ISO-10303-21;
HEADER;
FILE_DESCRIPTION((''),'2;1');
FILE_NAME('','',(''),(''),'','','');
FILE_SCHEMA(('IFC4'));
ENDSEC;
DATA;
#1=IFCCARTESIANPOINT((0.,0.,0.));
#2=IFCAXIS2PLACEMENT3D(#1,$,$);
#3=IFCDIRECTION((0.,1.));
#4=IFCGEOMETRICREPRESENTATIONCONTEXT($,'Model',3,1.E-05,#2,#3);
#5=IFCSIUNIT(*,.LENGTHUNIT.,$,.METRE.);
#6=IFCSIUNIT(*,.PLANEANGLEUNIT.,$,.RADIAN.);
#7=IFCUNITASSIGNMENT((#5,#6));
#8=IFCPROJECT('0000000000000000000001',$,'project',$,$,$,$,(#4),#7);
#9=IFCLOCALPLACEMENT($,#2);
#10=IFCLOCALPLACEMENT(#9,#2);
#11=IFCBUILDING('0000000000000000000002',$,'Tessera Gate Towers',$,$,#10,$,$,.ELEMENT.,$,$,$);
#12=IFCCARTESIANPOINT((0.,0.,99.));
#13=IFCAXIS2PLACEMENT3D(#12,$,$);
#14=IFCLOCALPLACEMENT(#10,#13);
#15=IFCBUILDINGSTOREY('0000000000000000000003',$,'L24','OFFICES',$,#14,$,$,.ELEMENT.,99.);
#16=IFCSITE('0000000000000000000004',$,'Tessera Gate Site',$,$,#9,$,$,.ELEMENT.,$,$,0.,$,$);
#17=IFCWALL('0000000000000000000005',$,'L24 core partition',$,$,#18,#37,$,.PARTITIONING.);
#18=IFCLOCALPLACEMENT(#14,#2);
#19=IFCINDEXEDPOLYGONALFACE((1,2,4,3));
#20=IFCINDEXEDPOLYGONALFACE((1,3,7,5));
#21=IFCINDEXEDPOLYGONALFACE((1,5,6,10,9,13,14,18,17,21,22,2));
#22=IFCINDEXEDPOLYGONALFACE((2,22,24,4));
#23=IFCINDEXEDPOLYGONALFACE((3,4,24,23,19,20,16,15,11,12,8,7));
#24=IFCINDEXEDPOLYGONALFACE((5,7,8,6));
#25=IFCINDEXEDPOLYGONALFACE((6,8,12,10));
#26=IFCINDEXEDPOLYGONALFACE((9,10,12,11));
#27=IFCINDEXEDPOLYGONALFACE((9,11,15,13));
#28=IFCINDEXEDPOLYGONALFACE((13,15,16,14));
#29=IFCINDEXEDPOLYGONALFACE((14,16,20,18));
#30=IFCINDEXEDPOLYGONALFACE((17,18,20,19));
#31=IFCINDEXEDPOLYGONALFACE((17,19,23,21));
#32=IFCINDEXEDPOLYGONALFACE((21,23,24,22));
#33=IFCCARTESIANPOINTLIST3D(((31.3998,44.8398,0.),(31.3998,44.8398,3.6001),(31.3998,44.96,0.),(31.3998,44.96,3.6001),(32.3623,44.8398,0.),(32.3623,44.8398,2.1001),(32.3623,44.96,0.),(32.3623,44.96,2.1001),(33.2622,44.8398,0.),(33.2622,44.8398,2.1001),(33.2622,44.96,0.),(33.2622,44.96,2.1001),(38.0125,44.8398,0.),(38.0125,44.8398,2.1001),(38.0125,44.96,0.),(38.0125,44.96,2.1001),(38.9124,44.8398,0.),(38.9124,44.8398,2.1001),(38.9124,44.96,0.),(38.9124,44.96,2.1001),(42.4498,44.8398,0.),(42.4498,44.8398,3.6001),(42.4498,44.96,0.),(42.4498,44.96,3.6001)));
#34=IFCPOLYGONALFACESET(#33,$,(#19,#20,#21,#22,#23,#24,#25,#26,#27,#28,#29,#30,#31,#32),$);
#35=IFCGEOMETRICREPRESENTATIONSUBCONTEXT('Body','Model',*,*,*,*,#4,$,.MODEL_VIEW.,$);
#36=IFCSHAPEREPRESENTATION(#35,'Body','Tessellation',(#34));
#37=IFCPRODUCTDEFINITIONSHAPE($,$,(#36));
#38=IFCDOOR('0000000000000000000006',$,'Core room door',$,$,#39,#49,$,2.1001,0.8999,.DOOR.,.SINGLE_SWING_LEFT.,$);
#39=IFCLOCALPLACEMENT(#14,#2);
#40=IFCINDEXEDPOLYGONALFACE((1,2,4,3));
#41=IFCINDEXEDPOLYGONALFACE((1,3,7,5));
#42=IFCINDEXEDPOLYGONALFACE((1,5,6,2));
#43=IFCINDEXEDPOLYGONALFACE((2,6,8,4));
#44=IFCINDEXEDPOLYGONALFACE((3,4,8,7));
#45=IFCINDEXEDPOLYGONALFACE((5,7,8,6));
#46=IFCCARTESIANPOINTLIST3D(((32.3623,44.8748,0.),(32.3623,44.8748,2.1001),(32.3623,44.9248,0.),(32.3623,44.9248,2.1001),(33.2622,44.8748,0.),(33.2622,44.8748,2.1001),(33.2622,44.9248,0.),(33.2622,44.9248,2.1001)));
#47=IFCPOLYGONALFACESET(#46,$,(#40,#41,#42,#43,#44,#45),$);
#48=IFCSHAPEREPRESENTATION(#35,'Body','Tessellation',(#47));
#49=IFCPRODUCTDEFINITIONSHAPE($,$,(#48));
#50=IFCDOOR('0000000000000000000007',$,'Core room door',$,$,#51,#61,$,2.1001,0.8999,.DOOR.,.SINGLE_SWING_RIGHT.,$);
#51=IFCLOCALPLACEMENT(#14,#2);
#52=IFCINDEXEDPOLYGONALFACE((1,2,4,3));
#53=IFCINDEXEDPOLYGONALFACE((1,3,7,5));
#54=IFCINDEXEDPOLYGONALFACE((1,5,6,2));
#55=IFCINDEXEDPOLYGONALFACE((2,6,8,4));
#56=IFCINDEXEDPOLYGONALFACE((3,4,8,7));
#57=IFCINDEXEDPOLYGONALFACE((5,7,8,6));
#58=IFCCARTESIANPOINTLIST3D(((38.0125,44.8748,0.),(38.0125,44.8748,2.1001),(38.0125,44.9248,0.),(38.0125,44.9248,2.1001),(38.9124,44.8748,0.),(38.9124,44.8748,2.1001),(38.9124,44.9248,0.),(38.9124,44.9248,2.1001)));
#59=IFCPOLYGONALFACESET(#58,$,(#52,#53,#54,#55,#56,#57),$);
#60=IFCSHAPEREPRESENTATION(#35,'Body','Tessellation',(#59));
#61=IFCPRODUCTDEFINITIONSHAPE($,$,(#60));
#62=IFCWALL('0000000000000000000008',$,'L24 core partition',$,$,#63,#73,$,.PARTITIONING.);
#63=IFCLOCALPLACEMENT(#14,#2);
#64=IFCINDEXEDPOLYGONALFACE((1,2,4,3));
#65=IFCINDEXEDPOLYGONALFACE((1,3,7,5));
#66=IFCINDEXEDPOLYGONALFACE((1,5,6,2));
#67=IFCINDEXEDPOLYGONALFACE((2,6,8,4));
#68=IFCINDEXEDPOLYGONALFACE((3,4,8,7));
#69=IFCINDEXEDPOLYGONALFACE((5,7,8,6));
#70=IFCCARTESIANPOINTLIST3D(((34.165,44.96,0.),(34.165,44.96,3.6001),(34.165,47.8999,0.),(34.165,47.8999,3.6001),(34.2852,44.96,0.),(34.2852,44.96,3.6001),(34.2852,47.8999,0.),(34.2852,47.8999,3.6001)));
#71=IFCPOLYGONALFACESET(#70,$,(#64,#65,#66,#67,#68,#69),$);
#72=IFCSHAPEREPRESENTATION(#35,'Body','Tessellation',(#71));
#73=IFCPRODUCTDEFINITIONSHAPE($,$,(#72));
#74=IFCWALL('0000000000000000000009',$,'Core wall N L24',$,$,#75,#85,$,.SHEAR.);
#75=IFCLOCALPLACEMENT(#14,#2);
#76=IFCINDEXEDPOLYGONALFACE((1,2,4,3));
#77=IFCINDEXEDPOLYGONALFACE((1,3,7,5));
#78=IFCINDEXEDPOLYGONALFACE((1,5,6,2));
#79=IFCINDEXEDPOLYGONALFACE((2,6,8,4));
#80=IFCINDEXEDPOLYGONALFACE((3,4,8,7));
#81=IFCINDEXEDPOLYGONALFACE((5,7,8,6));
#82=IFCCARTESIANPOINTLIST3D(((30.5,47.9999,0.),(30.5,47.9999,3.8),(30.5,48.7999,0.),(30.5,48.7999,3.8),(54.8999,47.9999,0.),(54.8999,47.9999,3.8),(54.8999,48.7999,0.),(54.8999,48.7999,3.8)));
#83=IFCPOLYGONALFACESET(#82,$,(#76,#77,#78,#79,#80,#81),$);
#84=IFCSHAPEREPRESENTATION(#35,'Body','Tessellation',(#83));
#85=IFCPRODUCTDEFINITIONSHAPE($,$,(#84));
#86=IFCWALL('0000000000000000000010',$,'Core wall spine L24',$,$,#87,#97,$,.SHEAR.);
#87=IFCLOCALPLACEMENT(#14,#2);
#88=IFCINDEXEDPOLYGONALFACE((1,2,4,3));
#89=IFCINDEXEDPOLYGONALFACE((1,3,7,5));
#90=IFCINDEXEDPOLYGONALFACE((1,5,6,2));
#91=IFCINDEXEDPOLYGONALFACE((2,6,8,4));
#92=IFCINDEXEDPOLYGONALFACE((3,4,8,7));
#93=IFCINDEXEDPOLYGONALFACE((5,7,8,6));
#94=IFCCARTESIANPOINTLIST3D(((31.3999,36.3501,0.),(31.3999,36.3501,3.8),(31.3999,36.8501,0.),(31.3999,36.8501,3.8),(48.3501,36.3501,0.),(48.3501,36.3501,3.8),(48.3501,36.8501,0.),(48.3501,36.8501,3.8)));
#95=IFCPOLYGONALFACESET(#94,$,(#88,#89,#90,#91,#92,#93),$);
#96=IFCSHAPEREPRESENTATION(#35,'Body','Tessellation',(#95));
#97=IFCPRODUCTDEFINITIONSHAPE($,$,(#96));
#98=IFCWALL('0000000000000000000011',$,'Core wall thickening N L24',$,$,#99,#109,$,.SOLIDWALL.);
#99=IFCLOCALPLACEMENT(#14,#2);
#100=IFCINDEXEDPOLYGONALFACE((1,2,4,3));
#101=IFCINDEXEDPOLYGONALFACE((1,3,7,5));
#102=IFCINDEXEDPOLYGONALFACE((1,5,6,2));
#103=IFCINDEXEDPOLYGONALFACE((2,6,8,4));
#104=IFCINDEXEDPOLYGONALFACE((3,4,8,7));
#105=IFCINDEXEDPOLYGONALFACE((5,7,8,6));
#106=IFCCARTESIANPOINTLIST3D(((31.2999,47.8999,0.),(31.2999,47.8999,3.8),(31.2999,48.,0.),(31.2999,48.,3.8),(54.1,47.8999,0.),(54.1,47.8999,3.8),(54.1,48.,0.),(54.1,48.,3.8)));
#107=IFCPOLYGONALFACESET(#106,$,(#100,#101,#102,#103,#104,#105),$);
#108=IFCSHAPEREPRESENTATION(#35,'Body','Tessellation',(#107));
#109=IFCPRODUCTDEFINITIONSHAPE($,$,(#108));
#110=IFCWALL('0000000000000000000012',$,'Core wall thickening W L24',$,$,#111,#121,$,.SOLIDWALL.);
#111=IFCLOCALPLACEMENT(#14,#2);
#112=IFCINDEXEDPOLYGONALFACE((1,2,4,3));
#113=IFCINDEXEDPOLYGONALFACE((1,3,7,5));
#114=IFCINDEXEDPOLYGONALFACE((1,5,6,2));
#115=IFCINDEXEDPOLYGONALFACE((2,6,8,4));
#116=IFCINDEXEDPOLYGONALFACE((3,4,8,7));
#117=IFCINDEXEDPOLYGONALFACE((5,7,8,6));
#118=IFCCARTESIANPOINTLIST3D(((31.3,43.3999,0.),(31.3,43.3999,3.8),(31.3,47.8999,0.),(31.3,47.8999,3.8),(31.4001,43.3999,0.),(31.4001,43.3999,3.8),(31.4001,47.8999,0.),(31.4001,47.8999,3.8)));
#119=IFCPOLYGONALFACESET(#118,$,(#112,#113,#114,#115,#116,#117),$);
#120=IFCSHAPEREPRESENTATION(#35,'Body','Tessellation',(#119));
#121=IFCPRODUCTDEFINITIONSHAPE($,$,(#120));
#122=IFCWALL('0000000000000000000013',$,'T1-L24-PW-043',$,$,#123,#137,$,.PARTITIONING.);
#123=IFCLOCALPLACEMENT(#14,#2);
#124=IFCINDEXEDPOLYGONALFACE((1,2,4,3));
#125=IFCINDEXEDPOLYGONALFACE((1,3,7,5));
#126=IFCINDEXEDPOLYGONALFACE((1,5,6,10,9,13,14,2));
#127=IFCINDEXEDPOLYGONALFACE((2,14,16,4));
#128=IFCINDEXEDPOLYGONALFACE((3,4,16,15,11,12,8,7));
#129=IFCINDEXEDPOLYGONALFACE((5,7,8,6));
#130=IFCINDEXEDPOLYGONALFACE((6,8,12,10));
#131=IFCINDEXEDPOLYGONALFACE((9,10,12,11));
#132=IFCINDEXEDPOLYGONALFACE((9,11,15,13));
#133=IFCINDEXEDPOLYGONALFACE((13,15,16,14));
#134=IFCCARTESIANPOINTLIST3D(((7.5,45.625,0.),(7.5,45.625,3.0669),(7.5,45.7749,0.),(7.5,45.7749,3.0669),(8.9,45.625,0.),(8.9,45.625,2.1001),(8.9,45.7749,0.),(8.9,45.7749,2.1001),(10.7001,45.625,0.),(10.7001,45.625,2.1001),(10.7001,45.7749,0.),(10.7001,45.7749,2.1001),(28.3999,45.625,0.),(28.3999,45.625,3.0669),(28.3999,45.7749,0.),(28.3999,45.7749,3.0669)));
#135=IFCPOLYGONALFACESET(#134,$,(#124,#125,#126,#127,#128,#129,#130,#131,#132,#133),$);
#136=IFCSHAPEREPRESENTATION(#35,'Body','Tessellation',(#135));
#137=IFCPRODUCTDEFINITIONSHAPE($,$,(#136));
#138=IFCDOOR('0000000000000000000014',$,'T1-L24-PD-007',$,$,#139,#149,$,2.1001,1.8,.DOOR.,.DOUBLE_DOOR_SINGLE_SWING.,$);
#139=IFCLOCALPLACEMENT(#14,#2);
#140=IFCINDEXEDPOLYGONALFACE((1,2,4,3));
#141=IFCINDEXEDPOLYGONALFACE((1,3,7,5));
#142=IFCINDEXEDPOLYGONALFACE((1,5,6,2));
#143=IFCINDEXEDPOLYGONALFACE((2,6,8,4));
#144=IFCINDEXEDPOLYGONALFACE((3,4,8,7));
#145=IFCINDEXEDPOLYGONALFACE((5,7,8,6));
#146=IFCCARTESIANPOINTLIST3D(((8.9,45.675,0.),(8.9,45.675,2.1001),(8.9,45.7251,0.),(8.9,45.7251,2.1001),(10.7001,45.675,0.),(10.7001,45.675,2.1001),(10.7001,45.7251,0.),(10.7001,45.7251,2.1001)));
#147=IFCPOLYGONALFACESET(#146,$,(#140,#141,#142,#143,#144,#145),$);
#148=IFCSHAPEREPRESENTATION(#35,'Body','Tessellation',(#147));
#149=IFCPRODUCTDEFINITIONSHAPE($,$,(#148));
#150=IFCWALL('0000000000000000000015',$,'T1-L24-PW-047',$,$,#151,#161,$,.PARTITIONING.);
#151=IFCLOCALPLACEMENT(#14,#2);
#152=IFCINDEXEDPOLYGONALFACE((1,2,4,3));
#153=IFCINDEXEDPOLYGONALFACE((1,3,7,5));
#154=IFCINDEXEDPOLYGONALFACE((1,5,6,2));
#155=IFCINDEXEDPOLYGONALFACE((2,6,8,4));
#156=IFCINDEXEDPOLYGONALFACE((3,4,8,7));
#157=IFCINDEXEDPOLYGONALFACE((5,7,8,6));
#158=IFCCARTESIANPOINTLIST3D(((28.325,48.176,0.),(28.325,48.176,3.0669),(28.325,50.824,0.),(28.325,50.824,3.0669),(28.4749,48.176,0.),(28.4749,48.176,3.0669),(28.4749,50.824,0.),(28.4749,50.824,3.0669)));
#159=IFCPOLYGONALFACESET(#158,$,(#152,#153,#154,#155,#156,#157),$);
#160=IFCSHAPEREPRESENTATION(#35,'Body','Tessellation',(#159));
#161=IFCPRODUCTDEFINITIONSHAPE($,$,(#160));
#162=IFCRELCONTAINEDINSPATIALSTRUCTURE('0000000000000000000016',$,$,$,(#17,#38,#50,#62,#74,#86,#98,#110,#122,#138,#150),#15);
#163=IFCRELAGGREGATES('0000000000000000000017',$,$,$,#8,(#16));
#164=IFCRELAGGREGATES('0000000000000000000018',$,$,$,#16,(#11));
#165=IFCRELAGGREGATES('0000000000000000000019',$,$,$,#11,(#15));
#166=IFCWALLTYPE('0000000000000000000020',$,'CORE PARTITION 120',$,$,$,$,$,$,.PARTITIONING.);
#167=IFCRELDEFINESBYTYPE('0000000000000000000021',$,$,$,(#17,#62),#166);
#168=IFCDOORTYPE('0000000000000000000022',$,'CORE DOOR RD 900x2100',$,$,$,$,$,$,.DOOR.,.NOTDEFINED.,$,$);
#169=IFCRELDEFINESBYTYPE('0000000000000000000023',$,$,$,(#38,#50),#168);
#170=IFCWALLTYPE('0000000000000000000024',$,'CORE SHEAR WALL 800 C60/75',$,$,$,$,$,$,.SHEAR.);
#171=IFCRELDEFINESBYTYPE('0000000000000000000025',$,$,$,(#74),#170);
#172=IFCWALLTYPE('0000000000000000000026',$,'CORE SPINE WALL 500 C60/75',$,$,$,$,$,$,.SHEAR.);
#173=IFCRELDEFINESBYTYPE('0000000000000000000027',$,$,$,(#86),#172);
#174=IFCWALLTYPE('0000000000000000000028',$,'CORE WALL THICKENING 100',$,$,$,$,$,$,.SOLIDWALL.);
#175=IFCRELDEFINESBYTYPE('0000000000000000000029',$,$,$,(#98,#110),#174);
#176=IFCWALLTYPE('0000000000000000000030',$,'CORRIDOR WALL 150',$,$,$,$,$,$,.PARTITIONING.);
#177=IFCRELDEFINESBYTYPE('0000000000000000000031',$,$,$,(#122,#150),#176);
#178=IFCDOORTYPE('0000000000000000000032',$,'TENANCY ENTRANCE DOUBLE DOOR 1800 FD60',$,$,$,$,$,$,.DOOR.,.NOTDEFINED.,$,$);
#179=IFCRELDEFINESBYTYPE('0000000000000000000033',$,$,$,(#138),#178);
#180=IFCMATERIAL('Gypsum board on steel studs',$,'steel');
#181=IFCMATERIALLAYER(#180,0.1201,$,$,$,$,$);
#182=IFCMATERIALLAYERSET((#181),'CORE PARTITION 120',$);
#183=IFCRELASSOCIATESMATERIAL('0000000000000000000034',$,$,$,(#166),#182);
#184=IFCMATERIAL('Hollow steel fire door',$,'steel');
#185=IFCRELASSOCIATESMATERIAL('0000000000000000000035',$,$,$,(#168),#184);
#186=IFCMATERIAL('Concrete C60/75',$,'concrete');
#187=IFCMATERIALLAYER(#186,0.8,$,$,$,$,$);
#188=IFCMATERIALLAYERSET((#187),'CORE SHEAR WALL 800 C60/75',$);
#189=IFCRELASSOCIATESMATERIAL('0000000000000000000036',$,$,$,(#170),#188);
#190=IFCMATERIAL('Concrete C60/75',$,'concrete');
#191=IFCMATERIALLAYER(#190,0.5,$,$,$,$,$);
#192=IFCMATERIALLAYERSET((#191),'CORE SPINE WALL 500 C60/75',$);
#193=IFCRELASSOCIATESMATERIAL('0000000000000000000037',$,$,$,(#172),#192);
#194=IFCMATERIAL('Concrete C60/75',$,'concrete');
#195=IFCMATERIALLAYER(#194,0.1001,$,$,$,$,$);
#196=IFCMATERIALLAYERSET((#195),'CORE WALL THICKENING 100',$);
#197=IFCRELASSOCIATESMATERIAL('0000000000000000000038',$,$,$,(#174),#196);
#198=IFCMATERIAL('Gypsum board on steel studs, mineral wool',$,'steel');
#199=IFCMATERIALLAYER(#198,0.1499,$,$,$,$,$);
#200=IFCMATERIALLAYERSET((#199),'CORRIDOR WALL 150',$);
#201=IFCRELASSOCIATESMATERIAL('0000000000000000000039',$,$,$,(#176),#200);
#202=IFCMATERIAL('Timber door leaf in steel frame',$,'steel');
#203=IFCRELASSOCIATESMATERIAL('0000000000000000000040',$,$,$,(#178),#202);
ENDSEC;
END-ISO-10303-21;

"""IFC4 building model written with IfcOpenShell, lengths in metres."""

from ifc_helpers import new_model, si_unit, direction, frame, frame_2d, origin, place, context, subcontext, project, spatial, rectangle, extrude, source, transform, mapped, material, layer, layer_set, type_object, element, fill, save


model = new_model("IFC4")

# Units and contexts
model_context = context("Model", 3, precision=1e-05, world=origin(), true_north=direction((0.0, 1.0)))
body_context = subcontext(model_context, "Body", "Model", "MODEL_VIEW")
ifc_project = project(units=[si_unit("LENGTHUNIT", "METRE"), si_unit("PLANEANGLEUNIT", "RADIAN")], contexts=[model_context])

# Site, building, storey
site_placement = place(None, origin())
site = spatial("IfcSite", under=ifc_project, at=site_placement, Name="Tessera Gate Site", CompositionType="ELEMENT", RefElevation=0.0)
building_placement = place(site_placement, origin())
building = spatial("IfcBuilding", under=site, at=building_placement, Name="Tessera Gate Towers", CompositionType="ELEMENT")
storey_placement = place(building_placement, frame((0.0, 0.0, 99.0)))
storey = spatial("IfcBuildingStorey", under=building, at=storey_placement, Name="L24", Description="OFFICES", CompositionType="ELEMENT", Elevation=99.0)

# Wall, openings, doors
ifc_material_1 = material(Name="Gypsum board on steel studs", Category="steel")
ifc_layer_1 = layer(ifc_material_1, 0.1201)
ifc_layer_set_1 = layer_set([ifc_layer_1], Name="CORE PARTITION 120")
wall_type_1 = type_object("IfcWallType", Name="CORE PARTITION 120", PredefinedType="PARTITIONING", material=ifc_layer_set_1)
wall_1_placement = place(storey_placement, frame((31.3999, 44.8999, 0.0), z_axis=(0.0, 0.0, 1.0), x_axis=(1.0, 0.0, 0.0)))
wall_1 = element("IfcWall", 1, at=wall_1_placement, inside=storey, type_object=wall_type_1, Name="L24 core partition", PredefinedType="PARTITIONING", context=body_context, shape_type="SweptSolid", body=[
    extrude(rectangle(XDim=11.05, YDim=0.1201, at=frame_2d((5.5249, 0.0))), origin(), (0.0, 0.0, 1.0), 3.6001),
])
shared_shape_1 = source(origin(), body_context, "Body", "SweptSolid", [
    extrude(rectangle(XDim=0.8999, YDim=2.1001, at=frame_2d((0.45, 1.05))), frame((0.0, 0.0701, 0.0), z_axis=(0.0, -1.0, 0.0), x_axis=(1.0, 0.0, 0.0)), (0.0, 0.0, 1.0), 0.1401),
])
opening_1_placement = place(wall_1_placement, frame((0.9624, 0.0, 0.0)))
opening_1 = element("IfcOpeningElement", 2, at=opening_1_placement, cuts=wall_1, PredefinedType="OPENING", context=body_context, shape_type="MappedRepresentation", body=[
    mapped(shared_shape_1, transform((0.0, 0.0, 0.0), scale=1.0)),
])
opening_2_placement = place(wall_1_placement, frame((6.6125, 0.0, 0.0)))
opening_2 = element("IfcOpeningElement", 3, at=opening_2_placement, cuts=wall_1, PredefinedType="OPENING", context=body_context, shape_type="MappedRepresentation", body=[
    mapped(shared_shape_1, transform((0.0, 0.0, 0.0), scale=1.0)),
])
ifc_material_2 = material(Name="Hollow steel fire door", Category="steel")
door_type_1 = type_object("IfcDoorType", Name="CORE DOOR RD 900x2100", OperationType="NOTDEFINED", PredefinedType="DOOR", material=ifc_material_2)
shared_shape_2 = source(origin(), body_context, "Body", "SweptSolid", [
    extrude(rectangle(XDim=0.8999, YDim=2.1001, at=frame_2d((0.45, 1.05))), frame((0.0, 0.0249, 0.0), z_axis=(0.0, -1.0, 0.0), x_axis=(1.0, 0.0, 0.0)), (0.0, 0.0, 1.0), 0.05),
])
door_1_placement = place(opening_1_placement, origin())
door_1 = element("IfcDoor", 4, at=door_1_placement, inside=storey, type_object=door_type_1, Name="Core room door", OperationType="SINGLE_SWING_LEFT", OverallHeight=2.1001, OverallWidth=0.8999, PredefinedType="DOOR", context=body_context, shape_type="MappedRepresentation", body=[
    mapped(shared_shape_2, transform((0.0, 0.0, 0.0), scale=1.0)),
])
fill(opening_1, door_1)
door_2_placement = place(opening_2_placement, origin())
door_2 = element("IfcDoor", 5, at=door_2_placement, inside=storey, type_object=door_type_1, Name="Core room door", OperationType="SINGLE_SWING_RIGHT", OverallHeight=2.1001, OverallWidth=0.8999, PredefinedType="DOOR", context=body_context, shape_type="MappedRepresentation", body=[
    mapped(shared_shape_2, transform((0.0, 0.0, 0.0), scale=1.0)),
])
fill(opening_2, door_2)

# Walls
wall_2_placement = place(storey_placement, frame((34.2251, 44.96, 0.0), z_axis=(0.0, 0.0, 1.0), x_axis=(0.0, 1.0, 0.0)))
element("IfcWall", 6, at=wall_2_placement, inside=storey, type_object=wall_type_1, Name="L24 core partition", PredefinedType="PARTITIONING", context=body_context, shape_type="SweptSolid", body=[
    extrude(rectangle(XDim=2.9399, YDim=0.1201, at=frame_2d((1.47, 0.0))), origin(), (0.0, 0.0, 1.0), 3.6001),
])
ifc_material_3 = material(Name="Concrete C60/75", Category="concrete")
ifc_layer_2 = layer(ifc_material_3, 0.8)
ifc_layer_set_2 = layer_set([ifc_layer_2], Name="CORE SHEAR WALL 800 C60/75")
wall_type_2 = type_object("IfcWallType", Name="CORE SHEAR WALL 800 C60/75", PredefinedType="SHEAR", material=ifc_layer_set_2)
wall_3_placement = place(storey_placement, frame((30.5, 48.3999, 0.0), z_axis=(0.0, 0.0, 1.0), x_axis=(1.0, 0.0, 0.0)))
element("IfcWall", 7, at=wall_3_placement, inside=storey, type_object=wall_type_2, Name="Core wall N L24", PredefinedType="SHEAR", context=body_context, shape_type="SweptSolid", body=[
    extrude(rectangle(XDim=24.3999, YDim=0.8, at=frame_2d((12.2, 0.0))), origin(), (0.0, 0.0, 1.0), 3.8),
])
ifc_material_4 = material(Name="Concrete C60/75", Category="concrete")
ifc_layer_3 = layer(ifc_material_4, 0.5)
ifc_layer_set_3 = layer_set([ifc_layer_3], Name="CORE SPINE WALL 500 C60/75")
wall_type_3 = type_object("IfcWallType", Name="CORE SPINE WALL 500 C60/75", PredefinedType="SHEAR", material=ifc_layer_set_3)
wall_4_placement = place(storey_placement, frame((31.3999, 36.6001, 0.0), z_axis=(0.0, 0.0, 1.0), x_axis=(1.0, 0.0, 0.0)))
element("IfcWall", 8, at=wall_4_placement, inside=storey, type_object=wall_type_3, Name="Core wall spine L24", PredefinedType="SHEAR", context=body_context, shape_type="SweptSolid", body=[
    extrude(rectangle(XDim=16.9502, YDim=0.5, at=frame_2d((8.4751, 0.0))), origin(), (0.0, 0.0, 1.0), 3.8),
])
ifc_material_5 = material(Name="Concrete C60/75", Category="concrete")
ifc_layer_4 = layer(ifc_material_5, 0.1001)
ifc_layer_set_4 = layer_set([ifc_layer_4], Name="CORE WALL THICKENING 100")
wall_type_4 = type_object("IfcWallType", Name="CORE WALL THICKENING 100", PredefinedType="SOLIDWALL", material=ifc_layer_set_4)
wall_5_placement = place(storey_placement, frame((31.3, 47.95, 0.0), z_axis=(0.0, 0.0, 1.0), x_axis=(1.0, 0.0, 0.0)))
element("IfcWall", 9, at=wall_5_placement, inside=storey, type_object=wall_type_4, Name="Core wall thickening N L24", PredefinedType="SOLIDWALL", context=body_context, shape_type="SweptSolid", body=[
    extrude(rectangle(XDim=22.8, YDim=0.1001, at=frame_2d((11.3999, 0.0))), origin(), (0.0, 0.0, 1.0), 3.8),
])
wall_6_placement = place(storey_placement, frame((31.3501, 43.3999, 0.0), z_axis=(0.0, 0.0, 1.0), x_axis=(0.0, 1.0, 0.0)))
element("IfcWall", 10, at=wall_6_placement, inside=storey, type_object=wall_type_4, Name="Core wall thickening W L24", PredefinedType="SOLIDWALL", context=body_context, shape_type="SweptSolid", body=[
    extrude(rectangle(XDim=4.5, YDim=0.1001, at=frame_2d((2.25, 0.0))), origin(), (0.0, 0.0, 1.0), 3.8),
])

# Wall, opening, door
ifc_material_6 = material(Name="Gypsum board on steel studs, mineral wool", Category="steel")
ifc_layer_5 = layer(ifc_material_6, 0.1499)
ifc_layer_set_5 = layer_set([ifc_layer_5], Name="CORRIDOR WALL 150")
wall_type_5 = type_object("IfcWallType", Name="CORRIDOR WALL 150", PredefinedType="PARTITIONING", material=ifc_layer_set_5)
wall_7_placement = place(storey_placement, frame((28.3999, 45.7, 0.0), z_axis=(0.0, 0.0, 1.0), x_axis=(-1.0, 0.0, 0.0)))
wall_7 = element("IfcWall", 11, at=wall_7_placement, inside=storey, type_object=wall_type_5, Name="T1-L24-PW-043", PredefinedType="PARTITIONING", context=body_context, shape_type="SweptSolid", body=[
    extrude(rectangle(XDim=20.8999, YDim=0.1499, at=frame_2d((10.45, 0.0))), origin(), (0.0, 0.0, 1.0), 3.0669),
])
shared_shape_3 = source(origin(), body_context, "Body", "SweptSolid", [
    extrude(rectangle(XDim=1.8, YDim=2.1001, at=frame_2d((0.8999, 1.05))), frame((0.0, 0.085, 0.0), z_axis=(0.0, -1.0, 0.0), x_axis=(1.0, 0.0, 0.0)), (0.0, 0.0, 1.0), 0.1699),
])
opening_3_placement = place(wall_7_placement, frame((17.7, 0.0, 0.0)))
opening_3 = element("IfcOpeningElement", 12, at=opening_3_placement, cuts=wall_7, PredefinedType="OPENING", context=body_context, shape_type="MappedRepresentation", body=[
    mapped(shared_shape_3, transform((0.0, 0.0, 0.0), scale=1.0)),
])
ifc_material_7 = material(Name="Timber door leaf in steel frame", Category="steel")
door_type_2 = type_object("IfcDoorType", Name="TENANCY ENTRANCE DOUBLE DOOR 1800 FD60", OperationType="NOTDEFINED", PredefinedType="DOOR", material=ifc_material_7)
shared_shape_4 = source(origin(), body_context, "Body", "SweptSolid", [
    extrude(rectangle(XDim=1.8, YDim=2.1001, at=frame_2d((0.8999, 1.05))), frame((0.0, 0.0249, 0.0), z_axis=(0.0, -1.0, 0.0), x_axis=(1.0, 0.0, 0.0)), (0.0, 0.0, 1.0), 0.05),
])
door_3_placement = place(opening_3_placement, origin())
door_3 = element("IfcDoor", 13, at=door_3_placement, inside=storey, type_object=door_type_2, Name="T1-L24-PD-007", OperationType="DOUBLE_DOOR_SINGLE_SWING", OverallHeight=2.1001, OverallWidth=1.8, PredefinedType="DOOR", context=body_context, shape_type="MappedRepresentation", body=[
    mapped(shared_shape_4, transform((0.0, 0.0, 0.0), scale=1.0)),
])
fill(opening_3, door_3)

# Wall
wall_8_placement = place(storey_placement, frame((28.3999, 48.176, 0.0), z_axis=(0.0, 0.0, 1.0), x_axis=(0.0, 1.0, 0.0)))
element("IfcWall", 14, at=wall_8_placement, inside=storey, type_object=wall_type_5, Name="T1-L24-PW-047", PredefinedType="PARTITIONING", context=body_context, shape_type="SweptSolid", body=[
    extrude(rectangle(XDim=2.6479, YDim=0.1499, at=frame_2d((1.324, 0.0))), origin(), (0.0, 0.0, 1.0), 3.0669),
])

save(model, "model.ifc")
